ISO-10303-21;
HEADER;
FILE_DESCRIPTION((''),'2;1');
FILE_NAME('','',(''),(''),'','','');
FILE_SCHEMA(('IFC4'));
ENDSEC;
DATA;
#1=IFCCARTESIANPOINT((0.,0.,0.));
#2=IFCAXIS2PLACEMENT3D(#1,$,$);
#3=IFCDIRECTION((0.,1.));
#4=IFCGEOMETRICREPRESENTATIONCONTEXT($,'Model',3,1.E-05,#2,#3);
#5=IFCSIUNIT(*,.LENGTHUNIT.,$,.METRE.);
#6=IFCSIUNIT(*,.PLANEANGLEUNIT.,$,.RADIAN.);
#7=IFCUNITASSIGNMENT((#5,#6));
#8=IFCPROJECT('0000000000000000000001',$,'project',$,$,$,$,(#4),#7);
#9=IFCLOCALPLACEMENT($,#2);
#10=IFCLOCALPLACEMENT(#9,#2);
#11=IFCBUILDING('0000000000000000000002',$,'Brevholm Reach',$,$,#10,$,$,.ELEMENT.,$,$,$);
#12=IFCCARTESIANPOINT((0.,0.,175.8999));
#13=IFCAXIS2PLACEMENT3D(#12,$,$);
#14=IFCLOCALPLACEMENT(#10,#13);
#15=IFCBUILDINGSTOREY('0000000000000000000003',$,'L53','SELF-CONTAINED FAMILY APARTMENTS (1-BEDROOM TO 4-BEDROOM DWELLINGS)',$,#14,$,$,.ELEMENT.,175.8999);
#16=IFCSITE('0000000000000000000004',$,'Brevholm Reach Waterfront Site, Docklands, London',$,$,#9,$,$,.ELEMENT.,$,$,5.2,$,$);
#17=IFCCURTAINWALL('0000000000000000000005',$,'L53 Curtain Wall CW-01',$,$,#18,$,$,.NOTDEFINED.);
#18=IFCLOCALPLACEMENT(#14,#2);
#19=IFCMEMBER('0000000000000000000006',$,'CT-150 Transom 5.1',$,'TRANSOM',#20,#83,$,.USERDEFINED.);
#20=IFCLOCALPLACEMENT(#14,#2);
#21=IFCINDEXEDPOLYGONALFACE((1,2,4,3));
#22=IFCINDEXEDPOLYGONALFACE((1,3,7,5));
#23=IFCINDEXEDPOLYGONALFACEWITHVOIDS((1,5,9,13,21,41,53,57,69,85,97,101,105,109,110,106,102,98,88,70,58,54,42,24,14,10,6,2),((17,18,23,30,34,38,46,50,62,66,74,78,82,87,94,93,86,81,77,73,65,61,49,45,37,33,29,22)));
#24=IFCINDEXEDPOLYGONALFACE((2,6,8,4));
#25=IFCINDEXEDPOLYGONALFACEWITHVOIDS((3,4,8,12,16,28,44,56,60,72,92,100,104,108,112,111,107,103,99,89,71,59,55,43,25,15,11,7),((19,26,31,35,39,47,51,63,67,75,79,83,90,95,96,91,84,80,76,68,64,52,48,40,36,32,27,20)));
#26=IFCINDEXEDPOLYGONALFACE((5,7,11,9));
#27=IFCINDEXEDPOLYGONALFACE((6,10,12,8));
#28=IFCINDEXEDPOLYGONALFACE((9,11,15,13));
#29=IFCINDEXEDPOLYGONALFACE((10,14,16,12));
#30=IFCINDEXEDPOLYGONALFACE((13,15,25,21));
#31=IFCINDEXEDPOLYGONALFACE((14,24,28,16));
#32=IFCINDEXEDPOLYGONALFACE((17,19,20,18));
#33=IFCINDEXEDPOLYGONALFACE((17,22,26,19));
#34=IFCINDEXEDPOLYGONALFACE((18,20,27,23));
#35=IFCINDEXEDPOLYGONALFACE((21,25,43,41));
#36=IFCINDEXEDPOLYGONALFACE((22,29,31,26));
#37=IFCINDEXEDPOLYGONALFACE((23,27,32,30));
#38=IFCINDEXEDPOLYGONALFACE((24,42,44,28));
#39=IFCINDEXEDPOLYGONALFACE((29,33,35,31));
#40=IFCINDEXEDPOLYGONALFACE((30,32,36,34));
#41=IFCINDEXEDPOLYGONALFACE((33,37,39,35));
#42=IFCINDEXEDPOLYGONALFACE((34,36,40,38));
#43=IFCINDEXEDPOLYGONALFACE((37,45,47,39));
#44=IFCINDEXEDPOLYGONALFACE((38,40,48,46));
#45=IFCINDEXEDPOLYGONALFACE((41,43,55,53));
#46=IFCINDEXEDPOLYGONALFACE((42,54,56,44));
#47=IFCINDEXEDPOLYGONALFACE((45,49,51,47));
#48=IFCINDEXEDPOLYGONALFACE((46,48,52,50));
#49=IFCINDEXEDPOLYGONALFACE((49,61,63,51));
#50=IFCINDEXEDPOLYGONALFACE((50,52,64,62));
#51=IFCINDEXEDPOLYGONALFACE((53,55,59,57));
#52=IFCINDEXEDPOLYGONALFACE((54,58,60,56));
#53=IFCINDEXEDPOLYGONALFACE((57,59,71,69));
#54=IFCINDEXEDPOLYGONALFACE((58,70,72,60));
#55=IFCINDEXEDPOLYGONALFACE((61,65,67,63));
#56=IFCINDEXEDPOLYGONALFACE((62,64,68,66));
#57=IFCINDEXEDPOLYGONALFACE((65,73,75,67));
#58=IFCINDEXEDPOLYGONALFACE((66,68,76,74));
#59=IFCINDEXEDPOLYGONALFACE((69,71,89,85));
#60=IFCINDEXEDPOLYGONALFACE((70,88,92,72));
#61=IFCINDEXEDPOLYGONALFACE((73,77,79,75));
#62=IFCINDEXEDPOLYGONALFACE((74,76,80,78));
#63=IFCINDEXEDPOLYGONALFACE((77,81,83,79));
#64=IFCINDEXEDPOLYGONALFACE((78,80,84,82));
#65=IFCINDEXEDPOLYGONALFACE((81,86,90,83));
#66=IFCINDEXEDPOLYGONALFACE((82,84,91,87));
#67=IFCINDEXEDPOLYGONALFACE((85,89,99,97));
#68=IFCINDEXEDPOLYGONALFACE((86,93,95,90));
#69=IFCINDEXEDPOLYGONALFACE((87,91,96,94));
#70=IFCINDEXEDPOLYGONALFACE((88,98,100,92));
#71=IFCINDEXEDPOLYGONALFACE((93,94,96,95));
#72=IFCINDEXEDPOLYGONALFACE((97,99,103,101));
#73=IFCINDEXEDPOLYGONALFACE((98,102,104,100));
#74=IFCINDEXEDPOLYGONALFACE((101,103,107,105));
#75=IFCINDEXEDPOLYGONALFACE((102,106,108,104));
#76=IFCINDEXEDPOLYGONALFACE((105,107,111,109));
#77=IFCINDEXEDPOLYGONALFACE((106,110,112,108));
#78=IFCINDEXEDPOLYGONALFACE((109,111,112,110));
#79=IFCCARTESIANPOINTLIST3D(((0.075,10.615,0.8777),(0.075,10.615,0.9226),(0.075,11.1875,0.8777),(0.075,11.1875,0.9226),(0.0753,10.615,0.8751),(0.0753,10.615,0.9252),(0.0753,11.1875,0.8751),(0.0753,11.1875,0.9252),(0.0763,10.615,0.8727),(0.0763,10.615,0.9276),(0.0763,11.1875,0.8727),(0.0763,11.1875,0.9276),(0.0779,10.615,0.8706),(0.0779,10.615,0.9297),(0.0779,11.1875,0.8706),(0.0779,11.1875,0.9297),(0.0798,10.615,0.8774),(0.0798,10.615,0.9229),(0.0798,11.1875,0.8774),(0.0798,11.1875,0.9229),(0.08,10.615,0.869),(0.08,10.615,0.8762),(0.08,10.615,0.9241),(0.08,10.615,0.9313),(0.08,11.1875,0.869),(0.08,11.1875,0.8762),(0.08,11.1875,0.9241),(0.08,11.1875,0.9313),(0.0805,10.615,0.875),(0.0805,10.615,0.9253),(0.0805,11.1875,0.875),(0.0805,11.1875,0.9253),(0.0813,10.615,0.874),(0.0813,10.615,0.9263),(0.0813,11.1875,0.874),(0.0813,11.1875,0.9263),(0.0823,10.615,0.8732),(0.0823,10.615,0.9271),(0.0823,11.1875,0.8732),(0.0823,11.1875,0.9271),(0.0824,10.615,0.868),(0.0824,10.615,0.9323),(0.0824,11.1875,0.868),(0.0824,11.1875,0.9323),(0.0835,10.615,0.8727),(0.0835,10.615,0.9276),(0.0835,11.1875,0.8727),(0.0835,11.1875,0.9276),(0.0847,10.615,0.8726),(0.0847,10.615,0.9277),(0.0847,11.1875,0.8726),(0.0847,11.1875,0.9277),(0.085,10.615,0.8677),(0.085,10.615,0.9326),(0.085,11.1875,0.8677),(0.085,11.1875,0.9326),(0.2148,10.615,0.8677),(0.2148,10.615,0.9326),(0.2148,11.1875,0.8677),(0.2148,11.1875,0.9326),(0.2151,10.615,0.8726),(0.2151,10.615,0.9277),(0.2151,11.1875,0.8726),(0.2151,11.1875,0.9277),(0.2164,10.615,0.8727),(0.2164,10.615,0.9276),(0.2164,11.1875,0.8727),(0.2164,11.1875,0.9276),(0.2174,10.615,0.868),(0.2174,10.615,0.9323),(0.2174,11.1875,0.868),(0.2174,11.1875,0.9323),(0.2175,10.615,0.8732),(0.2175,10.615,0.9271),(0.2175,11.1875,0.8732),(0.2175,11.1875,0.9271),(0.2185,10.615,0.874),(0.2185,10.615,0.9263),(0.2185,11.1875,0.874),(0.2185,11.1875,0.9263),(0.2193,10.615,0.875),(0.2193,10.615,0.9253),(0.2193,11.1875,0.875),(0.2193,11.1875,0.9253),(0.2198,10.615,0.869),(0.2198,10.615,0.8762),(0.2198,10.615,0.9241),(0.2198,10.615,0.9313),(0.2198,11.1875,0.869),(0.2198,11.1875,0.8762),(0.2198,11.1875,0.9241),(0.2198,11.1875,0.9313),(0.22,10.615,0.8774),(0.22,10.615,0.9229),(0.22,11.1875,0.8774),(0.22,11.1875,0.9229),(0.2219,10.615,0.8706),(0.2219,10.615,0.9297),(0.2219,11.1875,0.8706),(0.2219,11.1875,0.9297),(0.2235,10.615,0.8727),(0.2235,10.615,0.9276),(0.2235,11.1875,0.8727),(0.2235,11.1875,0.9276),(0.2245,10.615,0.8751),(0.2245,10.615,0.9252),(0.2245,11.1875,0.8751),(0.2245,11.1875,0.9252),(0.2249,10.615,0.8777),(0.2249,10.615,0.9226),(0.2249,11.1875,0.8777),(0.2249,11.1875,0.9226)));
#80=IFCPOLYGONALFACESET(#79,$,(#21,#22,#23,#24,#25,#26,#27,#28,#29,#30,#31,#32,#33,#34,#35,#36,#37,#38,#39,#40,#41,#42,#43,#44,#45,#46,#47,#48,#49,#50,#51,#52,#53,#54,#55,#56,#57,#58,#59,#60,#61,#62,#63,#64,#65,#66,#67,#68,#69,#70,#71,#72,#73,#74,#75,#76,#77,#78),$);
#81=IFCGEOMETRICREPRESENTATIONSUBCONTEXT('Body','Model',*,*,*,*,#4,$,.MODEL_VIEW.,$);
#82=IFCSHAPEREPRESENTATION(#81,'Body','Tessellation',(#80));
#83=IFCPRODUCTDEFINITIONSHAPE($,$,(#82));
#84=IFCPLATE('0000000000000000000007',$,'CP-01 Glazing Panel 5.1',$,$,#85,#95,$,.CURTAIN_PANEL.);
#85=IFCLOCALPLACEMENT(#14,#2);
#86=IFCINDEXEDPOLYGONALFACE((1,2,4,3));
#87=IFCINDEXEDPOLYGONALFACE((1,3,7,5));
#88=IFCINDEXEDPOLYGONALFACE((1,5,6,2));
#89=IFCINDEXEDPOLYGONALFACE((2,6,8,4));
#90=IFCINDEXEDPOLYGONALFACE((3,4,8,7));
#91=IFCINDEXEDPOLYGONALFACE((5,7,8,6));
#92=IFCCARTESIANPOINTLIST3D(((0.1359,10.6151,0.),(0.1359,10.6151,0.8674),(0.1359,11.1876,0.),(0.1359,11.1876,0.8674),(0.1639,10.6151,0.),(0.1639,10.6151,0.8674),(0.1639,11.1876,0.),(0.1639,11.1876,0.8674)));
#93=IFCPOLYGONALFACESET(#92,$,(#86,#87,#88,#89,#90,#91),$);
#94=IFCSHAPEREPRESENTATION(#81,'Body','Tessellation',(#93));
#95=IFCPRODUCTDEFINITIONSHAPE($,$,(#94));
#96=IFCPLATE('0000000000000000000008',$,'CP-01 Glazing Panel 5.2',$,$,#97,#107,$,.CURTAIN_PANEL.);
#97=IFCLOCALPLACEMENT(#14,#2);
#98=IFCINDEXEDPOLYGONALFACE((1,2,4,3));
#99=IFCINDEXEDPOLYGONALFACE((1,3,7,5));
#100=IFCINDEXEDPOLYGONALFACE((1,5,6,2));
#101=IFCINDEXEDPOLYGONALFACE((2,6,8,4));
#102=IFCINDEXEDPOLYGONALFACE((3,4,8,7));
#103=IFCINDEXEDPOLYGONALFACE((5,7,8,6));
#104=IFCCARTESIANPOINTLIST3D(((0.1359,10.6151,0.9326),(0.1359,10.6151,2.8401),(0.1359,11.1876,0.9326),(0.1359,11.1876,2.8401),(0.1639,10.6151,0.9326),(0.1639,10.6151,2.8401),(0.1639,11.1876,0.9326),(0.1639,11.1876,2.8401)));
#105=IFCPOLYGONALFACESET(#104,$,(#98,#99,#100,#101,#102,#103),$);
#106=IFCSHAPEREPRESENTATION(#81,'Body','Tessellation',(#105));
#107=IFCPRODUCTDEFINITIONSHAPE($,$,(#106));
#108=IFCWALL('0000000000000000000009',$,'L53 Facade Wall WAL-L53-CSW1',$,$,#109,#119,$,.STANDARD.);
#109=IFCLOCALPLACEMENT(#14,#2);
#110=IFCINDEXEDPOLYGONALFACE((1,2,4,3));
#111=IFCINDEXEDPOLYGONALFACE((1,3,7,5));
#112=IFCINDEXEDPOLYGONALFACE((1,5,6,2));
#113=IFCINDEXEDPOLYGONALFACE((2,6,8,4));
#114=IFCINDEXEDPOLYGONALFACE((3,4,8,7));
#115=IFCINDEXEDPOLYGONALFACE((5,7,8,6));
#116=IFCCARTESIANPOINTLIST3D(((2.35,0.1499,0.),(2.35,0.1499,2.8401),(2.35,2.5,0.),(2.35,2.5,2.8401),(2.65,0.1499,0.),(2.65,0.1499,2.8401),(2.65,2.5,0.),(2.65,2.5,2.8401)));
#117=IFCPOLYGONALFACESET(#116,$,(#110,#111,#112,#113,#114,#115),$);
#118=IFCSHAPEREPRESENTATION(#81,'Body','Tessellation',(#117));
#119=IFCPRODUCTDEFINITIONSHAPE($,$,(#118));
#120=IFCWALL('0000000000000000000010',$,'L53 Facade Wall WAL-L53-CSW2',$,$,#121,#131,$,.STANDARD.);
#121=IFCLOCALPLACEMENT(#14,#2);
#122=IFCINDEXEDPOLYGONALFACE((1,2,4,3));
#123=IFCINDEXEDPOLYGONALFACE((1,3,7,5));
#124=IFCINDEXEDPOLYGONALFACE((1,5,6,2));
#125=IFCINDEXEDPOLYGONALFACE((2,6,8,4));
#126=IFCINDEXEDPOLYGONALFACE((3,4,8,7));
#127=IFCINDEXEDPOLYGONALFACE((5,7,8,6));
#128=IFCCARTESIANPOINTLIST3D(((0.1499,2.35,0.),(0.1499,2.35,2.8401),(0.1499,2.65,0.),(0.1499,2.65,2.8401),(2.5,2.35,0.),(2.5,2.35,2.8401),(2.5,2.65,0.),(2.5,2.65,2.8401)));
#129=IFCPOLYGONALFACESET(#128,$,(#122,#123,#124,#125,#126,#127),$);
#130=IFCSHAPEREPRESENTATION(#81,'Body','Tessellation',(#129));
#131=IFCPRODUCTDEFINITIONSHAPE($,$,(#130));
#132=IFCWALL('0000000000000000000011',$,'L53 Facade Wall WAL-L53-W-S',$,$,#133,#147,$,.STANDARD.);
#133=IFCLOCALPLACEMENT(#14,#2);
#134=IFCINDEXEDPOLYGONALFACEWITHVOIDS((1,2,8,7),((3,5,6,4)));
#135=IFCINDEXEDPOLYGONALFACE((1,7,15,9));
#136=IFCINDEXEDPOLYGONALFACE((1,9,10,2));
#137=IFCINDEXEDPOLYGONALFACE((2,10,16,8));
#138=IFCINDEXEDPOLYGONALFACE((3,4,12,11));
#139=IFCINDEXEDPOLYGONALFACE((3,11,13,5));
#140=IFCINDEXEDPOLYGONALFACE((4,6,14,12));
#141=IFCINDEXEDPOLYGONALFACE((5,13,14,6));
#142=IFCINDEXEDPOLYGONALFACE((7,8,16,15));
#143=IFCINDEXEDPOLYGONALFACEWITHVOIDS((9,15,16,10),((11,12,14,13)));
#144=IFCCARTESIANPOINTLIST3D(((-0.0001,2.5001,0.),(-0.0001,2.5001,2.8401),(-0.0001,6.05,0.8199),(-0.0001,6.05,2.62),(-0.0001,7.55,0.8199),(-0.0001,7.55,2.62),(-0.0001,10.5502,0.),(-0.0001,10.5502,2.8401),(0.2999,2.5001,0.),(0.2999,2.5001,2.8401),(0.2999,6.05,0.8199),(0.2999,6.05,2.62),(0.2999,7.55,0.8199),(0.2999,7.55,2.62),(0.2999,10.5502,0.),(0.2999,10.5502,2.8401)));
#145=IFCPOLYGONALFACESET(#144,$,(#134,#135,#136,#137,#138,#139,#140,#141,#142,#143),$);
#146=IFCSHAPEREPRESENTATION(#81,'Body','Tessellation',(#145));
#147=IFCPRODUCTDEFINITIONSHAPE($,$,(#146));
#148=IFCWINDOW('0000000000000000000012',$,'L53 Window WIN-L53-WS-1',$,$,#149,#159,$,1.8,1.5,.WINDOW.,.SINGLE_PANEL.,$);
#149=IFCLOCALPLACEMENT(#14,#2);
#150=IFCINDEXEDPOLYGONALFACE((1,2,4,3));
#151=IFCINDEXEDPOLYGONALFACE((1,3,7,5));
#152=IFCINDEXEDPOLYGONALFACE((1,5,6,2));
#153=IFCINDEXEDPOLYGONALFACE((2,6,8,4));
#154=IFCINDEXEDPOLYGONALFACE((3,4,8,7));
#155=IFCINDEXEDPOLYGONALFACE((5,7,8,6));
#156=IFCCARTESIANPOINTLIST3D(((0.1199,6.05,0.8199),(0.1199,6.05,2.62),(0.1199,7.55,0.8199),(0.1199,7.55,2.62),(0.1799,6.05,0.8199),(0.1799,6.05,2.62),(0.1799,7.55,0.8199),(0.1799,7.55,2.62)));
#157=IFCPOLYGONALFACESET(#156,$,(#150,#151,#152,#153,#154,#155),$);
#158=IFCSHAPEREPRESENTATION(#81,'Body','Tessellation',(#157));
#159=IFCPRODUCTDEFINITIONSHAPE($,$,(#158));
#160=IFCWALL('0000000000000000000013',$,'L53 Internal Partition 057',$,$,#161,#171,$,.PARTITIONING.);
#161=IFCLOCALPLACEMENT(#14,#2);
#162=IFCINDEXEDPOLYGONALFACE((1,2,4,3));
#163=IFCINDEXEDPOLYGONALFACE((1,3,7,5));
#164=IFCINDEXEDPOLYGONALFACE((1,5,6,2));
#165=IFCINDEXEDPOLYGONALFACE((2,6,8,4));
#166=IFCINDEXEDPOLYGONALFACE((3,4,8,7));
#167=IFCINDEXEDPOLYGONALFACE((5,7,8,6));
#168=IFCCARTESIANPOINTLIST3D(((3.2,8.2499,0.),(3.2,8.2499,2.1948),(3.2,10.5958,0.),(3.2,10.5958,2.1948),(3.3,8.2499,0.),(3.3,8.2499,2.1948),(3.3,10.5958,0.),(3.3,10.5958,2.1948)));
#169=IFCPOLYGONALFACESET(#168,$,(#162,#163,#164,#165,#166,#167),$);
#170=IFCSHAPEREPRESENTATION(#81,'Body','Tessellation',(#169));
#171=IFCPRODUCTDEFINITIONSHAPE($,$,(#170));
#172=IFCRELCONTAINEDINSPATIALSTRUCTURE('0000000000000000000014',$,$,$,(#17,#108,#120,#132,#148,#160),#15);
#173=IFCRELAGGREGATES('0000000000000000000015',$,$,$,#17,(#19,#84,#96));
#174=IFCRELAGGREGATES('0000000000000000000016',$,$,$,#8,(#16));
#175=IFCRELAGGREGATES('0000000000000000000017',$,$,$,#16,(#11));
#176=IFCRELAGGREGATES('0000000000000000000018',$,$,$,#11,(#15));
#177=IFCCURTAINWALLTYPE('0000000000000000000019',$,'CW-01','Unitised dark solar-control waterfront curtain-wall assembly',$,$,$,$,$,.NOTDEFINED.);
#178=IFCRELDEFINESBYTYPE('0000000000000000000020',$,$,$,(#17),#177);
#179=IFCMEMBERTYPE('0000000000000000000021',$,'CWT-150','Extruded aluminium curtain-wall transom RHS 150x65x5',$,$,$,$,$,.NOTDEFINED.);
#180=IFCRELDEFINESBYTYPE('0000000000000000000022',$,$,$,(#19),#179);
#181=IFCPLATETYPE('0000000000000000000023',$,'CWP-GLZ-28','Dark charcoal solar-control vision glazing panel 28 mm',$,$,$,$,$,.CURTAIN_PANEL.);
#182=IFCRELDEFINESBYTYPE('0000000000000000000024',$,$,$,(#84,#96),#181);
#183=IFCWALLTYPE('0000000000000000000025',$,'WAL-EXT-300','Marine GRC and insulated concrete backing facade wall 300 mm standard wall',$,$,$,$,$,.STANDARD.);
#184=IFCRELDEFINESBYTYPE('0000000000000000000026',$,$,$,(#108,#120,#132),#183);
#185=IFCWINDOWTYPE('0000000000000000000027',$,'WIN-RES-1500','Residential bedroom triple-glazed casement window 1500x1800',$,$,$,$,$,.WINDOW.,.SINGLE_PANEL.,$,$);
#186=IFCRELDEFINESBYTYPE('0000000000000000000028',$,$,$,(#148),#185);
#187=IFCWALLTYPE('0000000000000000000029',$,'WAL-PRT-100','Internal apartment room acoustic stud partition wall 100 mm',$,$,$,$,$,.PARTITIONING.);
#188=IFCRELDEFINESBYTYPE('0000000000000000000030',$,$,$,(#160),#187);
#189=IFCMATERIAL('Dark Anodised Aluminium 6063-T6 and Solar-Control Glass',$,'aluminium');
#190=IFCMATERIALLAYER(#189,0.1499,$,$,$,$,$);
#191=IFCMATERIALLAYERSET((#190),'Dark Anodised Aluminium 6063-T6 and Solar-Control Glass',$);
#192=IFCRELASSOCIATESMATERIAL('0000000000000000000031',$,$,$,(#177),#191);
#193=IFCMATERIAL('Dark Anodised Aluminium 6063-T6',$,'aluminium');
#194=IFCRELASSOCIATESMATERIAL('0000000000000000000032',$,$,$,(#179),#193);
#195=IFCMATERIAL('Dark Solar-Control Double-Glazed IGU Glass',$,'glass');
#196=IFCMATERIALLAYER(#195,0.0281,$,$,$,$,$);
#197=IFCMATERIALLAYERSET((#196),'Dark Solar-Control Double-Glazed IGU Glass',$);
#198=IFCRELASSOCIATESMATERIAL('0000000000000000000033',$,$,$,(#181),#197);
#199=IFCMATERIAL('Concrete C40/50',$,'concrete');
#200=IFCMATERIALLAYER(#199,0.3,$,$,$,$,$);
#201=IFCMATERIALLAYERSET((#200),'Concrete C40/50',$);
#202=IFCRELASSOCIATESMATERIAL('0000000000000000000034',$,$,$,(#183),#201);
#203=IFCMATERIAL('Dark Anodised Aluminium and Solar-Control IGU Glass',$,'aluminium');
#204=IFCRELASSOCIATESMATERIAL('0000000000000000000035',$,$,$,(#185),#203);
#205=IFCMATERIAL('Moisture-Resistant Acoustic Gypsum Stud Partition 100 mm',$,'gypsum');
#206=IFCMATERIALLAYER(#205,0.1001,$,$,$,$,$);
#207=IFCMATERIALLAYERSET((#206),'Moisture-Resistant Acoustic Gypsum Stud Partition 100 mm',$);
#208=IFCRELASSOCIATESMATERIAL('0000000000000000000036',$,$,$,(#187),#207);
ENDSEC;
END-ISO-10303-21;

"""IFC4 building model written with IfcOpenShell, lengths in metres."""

from ifc_helpers import new_model, si_unit, direction, frame, frame_2d, origin, origin_2d, place, context, subcontext, project, spatial, rectangle, hollow_rectangle, extrude, material, layer, layer_set, material_profile, profile_set, type_object, element, fill, aggregate, save


model = new_model("IFC4")

# Units and contexts
model_context = context("Model", 3, precision=1e-05, world=origin(), true_north=direction((0.0, 1.0)))
body_context = subcontext(model_context, "Body", "Model", "MODEL_VIEW")
ifc_project = project(units=[si_unit("LENGTHUNIT", "METRE"), si_unit("PLANEANGLEUNIT", "RADIAN")], contexts=[model_context])

# Site, building, storey
site_placement = place(None, origin())
site = spatial("IfcSite", under=ifc_project, at=site_placement, Name="Brevholm Reach Waterfront Site, Docklands, London", CompositionType="ELEMENT", RefElevation=5.2)
building_placement = place(site_placement, origin())
building = spatial("IfcBuilding", under=site, at=building_placement, Name="Brevholm Reach", CompositionType="ELEMENT")
storey_placement = place(building_placement, frame((0.0, 0.0, 175.8999)))
storey = spatial("IfcBuildingStorey", under=building, at=storey_placement, Name="L53", Description="SELF-CONTAINED FAMILY APARTMENTS (1-BEDROOM TO 4-BEDROOM DWELLINGS)", CompositionType="ELEMENT", Elevation=175.8999)

# Curtain wall, member, plates
ifc_material_1 = material(Name="Dark Anodised Aluminium 6063-T6 and Solar-Control Glass", Category="aluminium")
ifc_layer_1 = layer(ifc_material_1, 0.1499)
ifc_layer_set_1 = layer_set([ifc_layer_1], Name="Dark Anodised Aluminium 6063-T6 and Solar-Control Glass")
curtain_wall_type = type_object("IfcCurtainWallType", Name="CW-01", Description="Unitised dark solar-control waterfront curtain-wall assembly", PredefinedType="NOTDEFINED", material=ifc_layer_set_1)
curtain_wall_placement = place(storey_placement, origin())
curtain_wall = element("IfcCurtainWall", 1, at=curtain_wall_placement, inside=storey, type_object=curtain_wall_type, Name="L53 Curtain Wall CW-01", PredefinedType="NOTDEFINED")
ifc_material_2 = material(Name="Dark Anodised Aluminium 6063-T6", Category="aluminium")
ifc_material_profile_1 = material_profile(ifc_material_2, hollow_rectangle(XDim=0.0649, YDim=0.1499, WallThickness=0.0049, InnerFilletRadius=0.0049, OuterFilletRadius=0.01, at=origin_2d()), Name="RHS 150x65x5")
ifc_profile_set_1 = profile_set([ifc_material_profile_1], Name="Dark Anodised Aluminium 6063-T6")
member_type_1 = type_object("IfcMemberType", Name="CWT-150", Description="Extruded aluminium curtain-wall transom RHS 150x65x5", PredefinedType="NOTDEFINED", material=ifc_profile_set_1)
member_1_placement = place(storey_placement, frame((0.1499, 11.1875, 0.9001), z_axis=(0.0, -1.0, 0.0), x_axis=(0.0, 0.0, 1.0)))
member_1 = element("IfcMember", 2, at=member_1_placement, type_object=member_type_1, Name="CT-150 Transom 5.1", ObjectType="TRANSOM", PredefinedType="USERDEFINED", context=body_context, shape_type="SweptSolid", body=[
    extrude(hollow_rectangle(XDim=0.0649, YDim=0.1499, WallThickness=0.0049, InnerFilletRadius=0.0049, OuterFilletRadius=0.01, at=origin_2d()), origin(), (0.0, 0.0, 1.0), 0.5725),
])
ifc_material_3 = material(Name="Dark Solar-Control Double-Glazed IGU Glass", Category="glass")
ifc_layer_2 = layer(ifc_material_3, 0.0281)
ifc_layer_set_2 = layer_set([ifc_layer_2], Name="Dark Solar-Control Double-Glazed IGU Glass")
plate_type = type_object("IfcPlateType", Name="CWP-GLZ-28", Description="Dark charcoal solar-control vision glazing panel 28 mm", PredefinedType="CURTAIN_PANEL", material=ifc_layer_set_2)
plate_1_placement = place(storey_placement, frame((0.1499, 10.9014, 0.0), z_axis=(0.0, 0.0, 1.0), x_axis=(0.0, -1.0, 0.0)))
plate_1 = element("IfcPlate", 3, at=plate_1_placement, type_object=plate_type, Name="CP-01 Glazing Panel 5.1", PredefinedType="CURTAIN_PANEL", context=body_context, shape_type="SweptSolid", body=[
    extrude(rectangle(XDim=0.5725, YDim=0.0281, at=origin_2d()), origin(), (0.0, 0.0, 1.0), 0.8674),
])
plate_2_placement = place(storey_placement, frame((0.1499, 10.9014, 0.9326), z_axis=(0.0, 0.0, 1.0), x_axis=(0.0, -1.0, 0.0)))
plate_2 = element("IfcPlate", 4, at=plate_2_placement, type_object=plate_type, Name="CP-01 Glazing Panel 5.2", PredefinedType="CURTAIN_PANEL", context=body_context, shape_type="SweptSolid", body=[
    extrude(rectangle(XDim=0.5725, YDim=0.0281, at=origin_2d()), origin(), (0.0, 0.0, 1.0), 1.9075),
])
aggregate(curtain_wall, [member_1, plate_1, plate_2])

# Walls
ifc_material_4 = material(Name="Concrete C40/50", Category="concrete")
ifc_layer_3 = layer(ifc_material_4, 0.3)
ifc_layer_set_3 = layer_set([ifc_layer_3], Name="Concrete C40/50")
wall_type_1 = type_object("IfcWallType", Name="WAL-EXT-300", Description="Marine GRC and insulated concrete backing facade wall 300 mm standard wall", PredefinedType="STANDARD", material=ifc_layer_set_3)
for number, where, z_axis, x_axis, name in (
    (5, (2.5, 2.5, 0.0), (0.0, 0.0, 1.0), (0.0, -1.0, 0.0), "L53 Facade Wall WAL-L53-CSW1"),
    (6, (0.1499, 2.5, 0.0), (0.0, 0.0, 1.0), (1.0, 0.0, 0.0), "L53 Facade Wall WAL-L53-CSW2"),
):
    element("IfcWall", number, at=place(storey_placement, frame(where, z_axis=z_axis, x_axis=x_axis)), inside=storey, type_object=wall_type_1, Name=name, PredefinedType="STANDARD", context=body_context, shape_type="SweptSolid", body=[
        extrude(rectangle(XDim=2.3501, YDim=0.3, at=frame_2d((1.175, 0.0))), origin(), (0.0, 0.0, 1.0), 2.8401),
    ])

# Wall, opening, window
wall_1_placement = place(storey_placement, frame((0.1499, 10.55, 0.0), z_axis=(0.0, 0.0, 1.0), x_axis=(0.0, -1.0, 0.0)))
wall_1 = element("IfcWall", 7, at=wall_1_placement, inside=storey, type_object=wall_type_1, Name="L53 Facade Wall WAL-L53-W-S", PredefinedType="STANDARD", context=body_context, shape_type="SweptSolid", body=[
    extrude(rectangle(XDim=8.05, YDim=0.3, at=frame_2d((4.0249, 0.0))), origin(), (0.0, 0.0, 1.0), 2.8401),
])
opening_1_placement = place(wall_1_placement, frame((3.0, 0.0, 0.8201)))
opening_1 = element("IfcOpeningElement", 8, at=opening_1_placement, cuts=wall_1, PredefinedType="OPENING", context=body_context, shape_type="SweptSolid", body=[
    extrude(rectangle(XDim=1.5, YDim=1.8, at=frame_2d((0.75, 0.8999))), frame((0.0, 0.1599, 0.0), z_axis=(0.0, -1.0, 0.0), x_axis=(1.0, 0.0, 0.0)), (0.0, 0.0, 1.0), 0.3201),
])
ifc_material_5 = material(Name="Dark Anodised Aluminium and Solar-Control IGU Glass", Category="aluminium")
window_type = type_object("IfcWindowType", Name="WIN-RES-1500", Description="Residential bedroom triple-glazed casement window 1500x1800", PartitioningType="SINGLE_PANEL", PredefinedType="WINDOW", material=ifc_material_5)
window_placement = place(opening_1_placement, origin())
window = element("IfcWindow", 9, at=window_placement, inside=storey, type_object=window_type, Name="L53 Window WIN-L53-WS-1", OverallHeight=1.8, OverallWidth=1.5, PartitioningType="SINGLE_PANEL", PredefinedType="WINDOW", context=body_context, shape_type="SweptSolid", body=[
    extrude(rectangle(XDim=1.5, YDim=1.8, at=frame_2d((0.75, 0.8999))), frame((0.0, 0.03, 0.0), z_axis=(0.0, -1.0, 0.0), x_axis=(1.0, 0.0, 0.0)), (0.0, 0.0, 1.0), 0.0601),
])
fill(opening_1, window)

# Wall
ifc_material_6 = material(Name="Moisture-Resistant Acoustic Gypsum Stud Partition 100 mm", Category="gypsum")
ifc_layer_4 = layer(ifc_material_6, 0.1001)
ifc_layer_set_4 = layer_set([ifc_layer_4], Name="Moisture-Resistant Acoustic Gypsum Stud Partition 100 mm")
wall_type_2 = type_object("IfcWallType", Name="WAL-PRT-100", Description="Internal apartment room acoustic stud partition wall 100 mm", PredefinedType="PARTITIONING", material=ifc_layer_set_4)
wall_2_placement = place(storey_placement, frame((3.25, 8.25, 0.0), z_axis=(0.0, 0.0, 1.0), x_axis=(0.0, 1.0, 0.0)))
element("IfcWall", 10, at=wall_2_placement, inside=storey, type_object=wall_type_2, Name="L53 Internal Partition 057", PredefinedType="PARTITIONING", context=body_context, shape_type="SweptSolid", body=[
    extrude(rectangle(XDim=2.3459, YDim=0.1001, at=frame_2d((1.1729, 0.0))), origin(), (0.0, 0.0, 1.0), 2.1948),
])

save(model, "model.ifc")
